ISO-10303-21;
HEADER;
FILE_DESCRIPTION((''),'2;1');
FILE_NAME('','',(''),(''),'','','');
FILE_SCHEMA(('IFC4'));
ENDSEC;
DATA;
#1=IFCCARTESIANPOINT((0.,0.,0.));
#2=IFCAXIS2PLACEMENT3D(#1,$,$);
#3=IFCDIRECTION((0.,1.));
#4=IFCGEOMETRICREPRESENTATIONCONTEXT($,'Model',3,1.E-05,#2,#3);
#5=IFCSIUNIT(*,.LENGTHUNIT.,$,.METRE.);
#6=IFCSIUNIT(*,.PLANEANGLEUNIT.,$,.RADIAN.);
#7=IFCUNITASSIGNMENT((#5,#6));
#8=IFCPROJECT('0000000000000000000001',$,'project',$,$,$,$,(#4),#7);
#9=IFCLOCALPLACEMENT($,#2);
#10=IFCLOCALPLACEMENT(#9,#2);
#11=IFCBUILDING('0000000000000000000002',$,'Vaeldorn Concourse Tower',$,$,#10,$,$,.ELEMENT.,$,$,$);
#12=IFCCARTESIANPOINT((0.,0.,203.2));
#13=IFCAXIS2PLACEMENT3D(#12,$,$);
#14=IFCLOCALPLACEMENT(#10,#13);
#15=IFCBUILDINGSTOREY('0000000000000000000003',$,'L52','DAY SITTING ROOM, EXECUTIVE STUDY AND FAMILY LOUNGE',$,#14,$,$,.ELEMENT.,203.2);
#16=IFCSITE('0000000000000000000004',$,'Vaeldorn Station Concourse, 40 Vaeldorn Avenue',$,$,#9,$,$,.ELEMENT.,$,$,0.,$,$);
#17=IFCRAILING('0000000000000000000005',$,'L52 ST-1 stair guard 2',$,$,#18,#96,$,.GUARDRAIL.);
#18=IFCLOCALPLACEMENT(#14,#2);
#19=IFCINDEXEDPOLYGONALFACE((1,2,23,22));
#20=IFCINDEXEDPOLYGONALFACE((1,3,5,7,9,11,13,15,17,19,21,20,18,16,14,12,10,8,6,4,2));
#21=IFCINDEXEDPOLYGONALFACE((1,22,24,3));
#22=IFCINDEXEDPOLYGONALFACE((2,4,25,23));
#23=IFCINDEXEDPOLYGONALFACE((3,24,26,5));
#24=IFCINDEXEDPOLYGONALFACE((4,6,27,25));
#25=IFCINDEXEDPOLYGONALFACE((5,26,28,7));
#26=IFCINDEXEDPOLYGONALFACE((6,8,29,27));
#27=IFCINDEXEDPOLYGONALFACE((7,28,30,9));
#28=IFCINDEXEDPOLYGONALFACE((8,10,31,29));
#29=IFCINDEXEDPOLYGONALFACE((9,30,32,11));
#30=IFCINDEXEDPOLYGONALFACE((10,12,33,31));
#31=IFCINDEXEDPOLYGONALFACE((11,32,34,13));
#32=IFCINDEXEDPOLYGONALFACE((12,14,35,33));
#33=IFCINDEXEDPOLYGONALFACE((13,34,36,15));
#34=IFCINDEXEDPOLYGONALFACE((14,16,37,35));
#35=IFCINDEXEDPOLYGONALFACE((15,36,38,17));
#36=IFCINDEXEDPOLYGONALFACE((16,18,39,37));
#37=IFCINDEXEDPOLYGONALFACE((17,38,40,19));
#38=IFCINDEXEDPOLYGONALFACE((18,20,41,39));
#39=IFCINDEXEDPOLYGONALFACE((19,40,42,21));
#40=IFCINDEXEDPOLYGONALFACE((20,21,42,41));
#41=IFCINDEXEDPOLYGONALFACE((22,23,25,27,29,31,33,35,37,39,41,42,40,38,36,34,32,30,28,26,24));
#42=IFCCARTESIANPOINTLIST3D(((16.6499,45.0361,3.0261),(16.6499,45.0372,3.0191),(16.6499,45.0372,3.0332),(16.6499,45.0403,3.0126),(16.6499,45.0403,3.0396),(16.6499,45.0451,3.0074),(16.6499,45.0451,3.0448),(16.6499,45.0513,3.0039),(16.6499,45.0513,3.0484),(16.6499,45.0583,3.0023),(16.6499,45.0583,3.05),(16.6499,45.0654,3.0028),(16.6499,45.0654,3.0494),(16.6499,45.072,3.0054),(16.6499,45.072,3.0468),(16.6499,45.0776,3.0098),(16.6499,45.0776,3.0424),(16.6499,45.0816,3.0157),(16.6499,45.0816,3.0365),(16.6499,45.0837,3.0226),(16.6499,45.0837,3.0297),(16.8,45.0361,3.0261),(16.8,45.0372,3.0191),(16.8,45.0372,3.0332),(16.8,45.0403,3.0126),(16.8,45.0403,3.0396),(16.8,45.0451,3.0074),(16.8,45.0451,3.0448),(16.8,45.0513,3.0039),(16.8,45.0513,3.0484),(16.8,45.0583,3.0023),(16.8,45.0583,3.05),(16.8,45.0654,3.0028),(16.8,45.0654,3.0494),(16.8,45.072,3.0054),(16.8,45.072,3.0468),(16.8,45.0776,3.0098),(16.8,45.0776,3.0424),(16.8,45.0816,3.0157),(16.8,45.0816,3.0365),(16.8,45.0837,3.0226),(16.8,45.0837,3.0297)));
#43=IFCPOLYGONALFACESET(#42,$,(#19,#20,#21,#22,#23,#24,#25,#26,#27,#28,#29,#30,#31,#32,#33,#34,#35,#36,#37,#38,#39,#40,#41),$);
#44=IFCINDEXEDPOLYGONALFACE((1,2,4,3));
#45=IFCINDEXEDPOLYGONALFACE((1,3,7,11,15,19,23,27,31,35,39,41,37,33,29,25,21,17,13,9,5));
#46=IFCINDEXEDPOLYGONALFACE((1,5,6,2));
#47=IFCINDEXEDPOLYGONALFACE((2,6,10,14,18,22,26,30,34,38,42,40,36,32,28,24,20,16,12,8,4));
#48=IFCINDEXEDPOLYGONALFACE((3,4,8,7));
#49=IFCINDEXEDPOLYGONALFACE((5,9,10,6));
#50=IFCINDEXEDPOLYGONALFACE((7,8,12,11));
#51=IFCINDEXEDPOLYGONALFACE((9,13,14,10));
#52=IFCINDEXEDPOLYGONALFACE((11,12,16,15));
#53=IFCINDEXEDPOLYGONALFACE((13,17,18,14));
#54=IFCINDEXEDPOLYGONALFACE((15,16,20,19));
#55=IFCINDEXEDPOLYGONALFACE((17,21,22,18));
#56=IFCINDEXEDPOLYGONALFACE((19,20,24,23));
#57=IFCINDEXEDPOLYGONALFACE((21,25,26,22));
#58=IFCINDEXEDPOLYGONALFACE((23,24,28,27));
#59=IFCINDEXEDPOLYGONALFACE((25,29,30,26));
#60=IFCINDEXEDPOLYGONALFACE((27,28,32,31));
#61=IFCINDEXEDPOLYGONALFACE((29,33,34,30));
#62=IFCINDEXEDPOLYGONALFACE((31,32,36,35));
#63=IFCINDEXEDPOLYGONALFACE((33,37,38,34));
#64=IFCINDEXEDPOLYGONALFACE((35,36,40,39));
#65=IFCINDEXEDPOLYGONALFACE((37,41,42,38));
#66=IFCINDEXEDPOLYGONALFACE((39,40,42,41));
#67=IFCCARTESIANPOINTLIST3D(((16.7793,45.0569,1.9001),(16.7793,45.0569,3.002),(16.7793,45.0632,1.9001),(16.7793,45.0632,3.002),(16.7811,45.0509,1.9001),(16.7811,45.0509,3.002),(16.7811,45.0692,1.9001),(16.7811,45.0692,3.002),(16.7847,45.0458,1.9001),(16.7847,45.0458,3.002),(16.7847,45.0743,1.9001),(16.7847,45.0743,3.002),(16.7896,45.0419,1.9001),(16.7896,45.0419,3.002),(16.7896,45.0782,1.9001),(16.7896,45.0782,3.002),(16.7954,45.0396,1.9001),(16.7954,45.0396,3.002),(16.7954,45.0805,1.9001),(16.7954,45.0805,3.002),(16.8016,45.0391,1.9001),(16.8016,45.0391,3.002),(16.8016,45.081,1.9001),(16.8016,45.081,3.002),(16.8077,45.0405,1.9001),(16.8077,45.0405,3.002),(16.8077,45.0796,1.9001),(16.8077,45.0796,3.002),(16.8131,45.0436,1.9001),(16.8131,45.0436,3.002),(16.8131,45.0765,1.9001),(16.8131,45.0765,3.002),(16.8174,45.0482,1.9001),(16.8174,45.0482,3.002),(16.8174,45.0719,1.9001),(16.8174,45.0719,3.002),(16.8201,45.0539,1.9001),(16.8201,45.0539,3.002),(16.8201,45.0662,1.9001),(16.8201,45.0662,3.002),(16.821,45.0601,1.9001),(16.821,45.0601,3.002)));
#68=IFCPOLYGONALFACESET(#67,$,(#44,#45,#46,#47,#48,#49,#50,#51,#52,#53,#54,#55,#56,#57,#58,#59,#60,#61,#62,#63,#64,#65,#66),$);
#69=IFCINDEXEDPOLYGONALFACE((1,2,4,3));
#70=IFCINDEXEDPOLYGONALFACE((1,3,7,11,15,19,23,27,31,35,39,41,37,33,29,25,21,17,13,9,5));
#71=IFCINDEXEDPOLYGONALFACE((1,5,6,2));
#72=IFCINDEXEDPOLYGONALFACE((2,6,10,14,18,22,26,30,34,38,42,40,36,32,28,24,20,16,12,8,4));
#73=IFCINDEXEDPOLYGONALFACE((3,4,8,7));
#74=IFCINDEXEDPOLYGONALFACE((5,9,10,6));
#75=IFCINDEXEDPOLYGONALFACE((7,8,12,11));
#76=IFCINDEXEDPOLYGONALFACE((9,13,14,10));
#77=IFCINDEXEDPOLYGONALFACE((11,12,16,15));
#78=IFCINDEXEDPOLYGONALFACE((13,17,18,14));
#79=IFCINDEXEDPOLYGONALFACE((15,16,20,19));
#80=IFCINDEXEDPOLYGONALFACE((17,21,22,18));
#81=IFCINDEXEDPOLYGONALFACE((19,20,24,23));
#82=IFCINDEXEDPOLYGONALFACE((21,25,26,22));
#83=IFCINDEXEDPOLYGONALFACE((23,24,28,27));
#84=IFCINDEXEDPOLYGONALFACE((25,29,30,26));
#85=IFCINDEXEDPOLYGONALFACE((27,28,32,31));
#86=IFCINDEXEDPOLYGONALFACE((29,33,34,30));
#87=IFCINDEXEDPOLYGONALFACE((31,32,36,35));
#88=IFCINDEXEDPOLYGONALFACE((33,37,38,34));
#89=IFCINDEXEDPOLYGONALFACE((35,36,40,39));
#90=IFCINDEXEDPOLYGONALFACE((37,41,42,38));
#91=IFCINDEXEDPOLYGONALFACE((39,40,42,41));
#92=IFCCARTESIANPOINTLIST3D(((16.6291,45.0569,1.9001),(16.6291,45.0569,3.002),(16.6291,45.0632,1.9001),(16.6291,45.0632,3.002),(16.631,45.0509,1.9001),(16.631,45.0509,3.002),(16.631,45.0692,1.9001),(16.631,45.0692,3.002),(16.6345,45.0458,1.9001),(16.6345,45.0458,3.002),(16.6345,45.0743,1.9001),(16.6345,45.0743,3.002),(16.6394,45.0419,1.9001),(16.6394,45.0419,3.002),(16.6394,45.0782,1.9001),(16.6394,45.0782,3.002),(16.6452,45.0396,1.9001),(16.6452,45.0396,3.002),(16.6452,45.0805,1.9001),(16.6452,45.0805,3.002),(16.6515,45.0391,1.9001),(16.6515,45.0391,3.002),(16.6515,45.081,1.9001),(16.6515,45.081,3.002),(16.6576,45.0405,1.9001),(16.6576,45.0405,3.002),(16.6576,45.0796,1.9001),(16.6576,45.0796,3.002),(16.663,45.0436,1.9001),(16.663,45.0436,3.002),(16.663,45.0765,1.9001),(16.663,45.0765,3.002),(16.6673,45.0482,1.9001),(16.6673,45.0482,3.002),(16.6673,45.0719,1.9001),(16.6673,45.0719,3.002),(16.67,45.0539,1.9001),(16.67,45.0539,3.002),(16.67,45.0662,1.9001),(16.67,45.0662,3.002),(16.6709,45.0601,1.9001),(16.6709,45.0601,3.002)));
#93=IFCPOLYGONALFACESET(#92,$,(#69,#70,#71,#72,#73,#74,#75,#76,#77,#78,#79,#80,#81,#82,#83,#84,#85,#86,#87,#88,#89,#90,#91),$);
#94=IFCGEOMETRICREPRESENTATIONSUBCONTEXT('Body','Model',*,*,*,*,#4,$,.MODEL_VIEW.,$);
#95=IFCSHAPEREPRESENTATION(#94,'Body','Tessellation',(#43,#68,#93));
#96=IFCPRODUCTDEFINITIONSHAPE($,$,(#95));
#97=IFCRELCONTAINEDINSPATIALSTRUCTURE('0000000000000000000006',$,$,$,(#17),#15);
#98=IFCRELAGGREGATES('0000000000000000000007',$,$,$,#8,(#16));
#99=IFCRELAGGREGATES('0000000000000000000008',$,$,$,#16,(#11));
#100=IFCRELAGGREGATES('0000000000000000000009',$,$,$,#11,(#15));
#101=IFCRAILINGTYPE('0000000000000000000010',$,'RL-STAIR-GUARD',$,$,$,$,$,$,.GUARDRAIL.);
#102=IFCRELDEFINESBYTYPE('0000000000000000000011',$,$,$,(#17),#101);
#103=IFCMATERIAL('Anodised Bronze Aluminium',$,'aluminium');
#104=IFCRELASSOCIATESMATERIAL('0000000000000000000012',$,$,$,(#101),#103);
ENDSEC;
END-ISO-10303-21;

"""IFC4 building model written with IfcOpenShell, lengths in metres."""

from ifc_helpers import new_model, si_unit, direction, frame, origin, origin_2d, place, context, subcontext, project, spatial, circle, extrude, material, type_object, element, save


model = new_model("IFC4")

# Units and contexts
model_context = context("Model", 3, precision=1e-05, world=origin(), true_north=direction((0.0, 1.0)))
body_context = subcontext(model_context, "Body", "Model", "MODEL_VIEW")
ifc_project = project(units=[si_unit("LENGTHUNIT", "METRE"), si_unit("PLANEANGLEUNIT", "RADIAN")], contexts=[model_context])

# Site, building, storey
site_placement = place(None, origin())
site = spatial("IfcSite", under=ifc_project, at=site_placement, Name="Vaeldorn Station Concourse, 40 Vaeldorn Avenue", CompositionType="ELEMENT", RefElevation=0.0)
building_placement = place(site_placement, origin())
building = spatial("IfcBuilding", under=site, at=building_placement, Name="Vaeldorn Concourse Tower", CompositionType="ELEMENT")
storey_placement = place(building_placement, frame((0.0, 0.0, 203.2)))
storey = spatial("IfcBuildingStorey", under=building, at=storey_placement, Name="L52", Description="DAY SITTING ROOM, EXECUTIVE STUDY AND FAMILY LOUNGE", CompositionType="ELEMENT", Elevation=203.2)

# Railing
ifc_material_1 = material(Name="Anodised Bronze Aluminium", Category="aluminium")
railing_type_1 = type_object("IfcRailingType", Name="RL-STAIR-GUARD", PredefinedType="GUARDRAIL", material=ifc_material_1)
railing_1_placement = place(storey_placement, frame((16.8, 45.0601, 1.9001)))
element("IfcRailing", 1, at=railing_1_placement, inside=storey, type_object=railing_type_1, Name="L52 ST-1 stair guard 2", PredefinedType="GUARDRAIL", context=body_context, shape_type="SweptSolid", body=[
    extrude(circle(Radius=0.0239, at=origin_2d()), frame((0.0, 0.0, 1.126), z_axis=(-1.0, 0.0, 0.0), x_axis=(0.0, -1.0, 0.0)), (0.0, 0.0, 1.0), 0.1501),
    extrude(circle(Radius=0.021, at=origin_2d()), origin(), (0.0, 0.0, 1.0), 1.1018),
    extrude(circle(Radius=0.021, at=origin_2d()), frame((-0.1501, 0.0, 0.0)), (0.0, 0.0, 1.0), 1.1018),
])

save(model, "model.ifc")
